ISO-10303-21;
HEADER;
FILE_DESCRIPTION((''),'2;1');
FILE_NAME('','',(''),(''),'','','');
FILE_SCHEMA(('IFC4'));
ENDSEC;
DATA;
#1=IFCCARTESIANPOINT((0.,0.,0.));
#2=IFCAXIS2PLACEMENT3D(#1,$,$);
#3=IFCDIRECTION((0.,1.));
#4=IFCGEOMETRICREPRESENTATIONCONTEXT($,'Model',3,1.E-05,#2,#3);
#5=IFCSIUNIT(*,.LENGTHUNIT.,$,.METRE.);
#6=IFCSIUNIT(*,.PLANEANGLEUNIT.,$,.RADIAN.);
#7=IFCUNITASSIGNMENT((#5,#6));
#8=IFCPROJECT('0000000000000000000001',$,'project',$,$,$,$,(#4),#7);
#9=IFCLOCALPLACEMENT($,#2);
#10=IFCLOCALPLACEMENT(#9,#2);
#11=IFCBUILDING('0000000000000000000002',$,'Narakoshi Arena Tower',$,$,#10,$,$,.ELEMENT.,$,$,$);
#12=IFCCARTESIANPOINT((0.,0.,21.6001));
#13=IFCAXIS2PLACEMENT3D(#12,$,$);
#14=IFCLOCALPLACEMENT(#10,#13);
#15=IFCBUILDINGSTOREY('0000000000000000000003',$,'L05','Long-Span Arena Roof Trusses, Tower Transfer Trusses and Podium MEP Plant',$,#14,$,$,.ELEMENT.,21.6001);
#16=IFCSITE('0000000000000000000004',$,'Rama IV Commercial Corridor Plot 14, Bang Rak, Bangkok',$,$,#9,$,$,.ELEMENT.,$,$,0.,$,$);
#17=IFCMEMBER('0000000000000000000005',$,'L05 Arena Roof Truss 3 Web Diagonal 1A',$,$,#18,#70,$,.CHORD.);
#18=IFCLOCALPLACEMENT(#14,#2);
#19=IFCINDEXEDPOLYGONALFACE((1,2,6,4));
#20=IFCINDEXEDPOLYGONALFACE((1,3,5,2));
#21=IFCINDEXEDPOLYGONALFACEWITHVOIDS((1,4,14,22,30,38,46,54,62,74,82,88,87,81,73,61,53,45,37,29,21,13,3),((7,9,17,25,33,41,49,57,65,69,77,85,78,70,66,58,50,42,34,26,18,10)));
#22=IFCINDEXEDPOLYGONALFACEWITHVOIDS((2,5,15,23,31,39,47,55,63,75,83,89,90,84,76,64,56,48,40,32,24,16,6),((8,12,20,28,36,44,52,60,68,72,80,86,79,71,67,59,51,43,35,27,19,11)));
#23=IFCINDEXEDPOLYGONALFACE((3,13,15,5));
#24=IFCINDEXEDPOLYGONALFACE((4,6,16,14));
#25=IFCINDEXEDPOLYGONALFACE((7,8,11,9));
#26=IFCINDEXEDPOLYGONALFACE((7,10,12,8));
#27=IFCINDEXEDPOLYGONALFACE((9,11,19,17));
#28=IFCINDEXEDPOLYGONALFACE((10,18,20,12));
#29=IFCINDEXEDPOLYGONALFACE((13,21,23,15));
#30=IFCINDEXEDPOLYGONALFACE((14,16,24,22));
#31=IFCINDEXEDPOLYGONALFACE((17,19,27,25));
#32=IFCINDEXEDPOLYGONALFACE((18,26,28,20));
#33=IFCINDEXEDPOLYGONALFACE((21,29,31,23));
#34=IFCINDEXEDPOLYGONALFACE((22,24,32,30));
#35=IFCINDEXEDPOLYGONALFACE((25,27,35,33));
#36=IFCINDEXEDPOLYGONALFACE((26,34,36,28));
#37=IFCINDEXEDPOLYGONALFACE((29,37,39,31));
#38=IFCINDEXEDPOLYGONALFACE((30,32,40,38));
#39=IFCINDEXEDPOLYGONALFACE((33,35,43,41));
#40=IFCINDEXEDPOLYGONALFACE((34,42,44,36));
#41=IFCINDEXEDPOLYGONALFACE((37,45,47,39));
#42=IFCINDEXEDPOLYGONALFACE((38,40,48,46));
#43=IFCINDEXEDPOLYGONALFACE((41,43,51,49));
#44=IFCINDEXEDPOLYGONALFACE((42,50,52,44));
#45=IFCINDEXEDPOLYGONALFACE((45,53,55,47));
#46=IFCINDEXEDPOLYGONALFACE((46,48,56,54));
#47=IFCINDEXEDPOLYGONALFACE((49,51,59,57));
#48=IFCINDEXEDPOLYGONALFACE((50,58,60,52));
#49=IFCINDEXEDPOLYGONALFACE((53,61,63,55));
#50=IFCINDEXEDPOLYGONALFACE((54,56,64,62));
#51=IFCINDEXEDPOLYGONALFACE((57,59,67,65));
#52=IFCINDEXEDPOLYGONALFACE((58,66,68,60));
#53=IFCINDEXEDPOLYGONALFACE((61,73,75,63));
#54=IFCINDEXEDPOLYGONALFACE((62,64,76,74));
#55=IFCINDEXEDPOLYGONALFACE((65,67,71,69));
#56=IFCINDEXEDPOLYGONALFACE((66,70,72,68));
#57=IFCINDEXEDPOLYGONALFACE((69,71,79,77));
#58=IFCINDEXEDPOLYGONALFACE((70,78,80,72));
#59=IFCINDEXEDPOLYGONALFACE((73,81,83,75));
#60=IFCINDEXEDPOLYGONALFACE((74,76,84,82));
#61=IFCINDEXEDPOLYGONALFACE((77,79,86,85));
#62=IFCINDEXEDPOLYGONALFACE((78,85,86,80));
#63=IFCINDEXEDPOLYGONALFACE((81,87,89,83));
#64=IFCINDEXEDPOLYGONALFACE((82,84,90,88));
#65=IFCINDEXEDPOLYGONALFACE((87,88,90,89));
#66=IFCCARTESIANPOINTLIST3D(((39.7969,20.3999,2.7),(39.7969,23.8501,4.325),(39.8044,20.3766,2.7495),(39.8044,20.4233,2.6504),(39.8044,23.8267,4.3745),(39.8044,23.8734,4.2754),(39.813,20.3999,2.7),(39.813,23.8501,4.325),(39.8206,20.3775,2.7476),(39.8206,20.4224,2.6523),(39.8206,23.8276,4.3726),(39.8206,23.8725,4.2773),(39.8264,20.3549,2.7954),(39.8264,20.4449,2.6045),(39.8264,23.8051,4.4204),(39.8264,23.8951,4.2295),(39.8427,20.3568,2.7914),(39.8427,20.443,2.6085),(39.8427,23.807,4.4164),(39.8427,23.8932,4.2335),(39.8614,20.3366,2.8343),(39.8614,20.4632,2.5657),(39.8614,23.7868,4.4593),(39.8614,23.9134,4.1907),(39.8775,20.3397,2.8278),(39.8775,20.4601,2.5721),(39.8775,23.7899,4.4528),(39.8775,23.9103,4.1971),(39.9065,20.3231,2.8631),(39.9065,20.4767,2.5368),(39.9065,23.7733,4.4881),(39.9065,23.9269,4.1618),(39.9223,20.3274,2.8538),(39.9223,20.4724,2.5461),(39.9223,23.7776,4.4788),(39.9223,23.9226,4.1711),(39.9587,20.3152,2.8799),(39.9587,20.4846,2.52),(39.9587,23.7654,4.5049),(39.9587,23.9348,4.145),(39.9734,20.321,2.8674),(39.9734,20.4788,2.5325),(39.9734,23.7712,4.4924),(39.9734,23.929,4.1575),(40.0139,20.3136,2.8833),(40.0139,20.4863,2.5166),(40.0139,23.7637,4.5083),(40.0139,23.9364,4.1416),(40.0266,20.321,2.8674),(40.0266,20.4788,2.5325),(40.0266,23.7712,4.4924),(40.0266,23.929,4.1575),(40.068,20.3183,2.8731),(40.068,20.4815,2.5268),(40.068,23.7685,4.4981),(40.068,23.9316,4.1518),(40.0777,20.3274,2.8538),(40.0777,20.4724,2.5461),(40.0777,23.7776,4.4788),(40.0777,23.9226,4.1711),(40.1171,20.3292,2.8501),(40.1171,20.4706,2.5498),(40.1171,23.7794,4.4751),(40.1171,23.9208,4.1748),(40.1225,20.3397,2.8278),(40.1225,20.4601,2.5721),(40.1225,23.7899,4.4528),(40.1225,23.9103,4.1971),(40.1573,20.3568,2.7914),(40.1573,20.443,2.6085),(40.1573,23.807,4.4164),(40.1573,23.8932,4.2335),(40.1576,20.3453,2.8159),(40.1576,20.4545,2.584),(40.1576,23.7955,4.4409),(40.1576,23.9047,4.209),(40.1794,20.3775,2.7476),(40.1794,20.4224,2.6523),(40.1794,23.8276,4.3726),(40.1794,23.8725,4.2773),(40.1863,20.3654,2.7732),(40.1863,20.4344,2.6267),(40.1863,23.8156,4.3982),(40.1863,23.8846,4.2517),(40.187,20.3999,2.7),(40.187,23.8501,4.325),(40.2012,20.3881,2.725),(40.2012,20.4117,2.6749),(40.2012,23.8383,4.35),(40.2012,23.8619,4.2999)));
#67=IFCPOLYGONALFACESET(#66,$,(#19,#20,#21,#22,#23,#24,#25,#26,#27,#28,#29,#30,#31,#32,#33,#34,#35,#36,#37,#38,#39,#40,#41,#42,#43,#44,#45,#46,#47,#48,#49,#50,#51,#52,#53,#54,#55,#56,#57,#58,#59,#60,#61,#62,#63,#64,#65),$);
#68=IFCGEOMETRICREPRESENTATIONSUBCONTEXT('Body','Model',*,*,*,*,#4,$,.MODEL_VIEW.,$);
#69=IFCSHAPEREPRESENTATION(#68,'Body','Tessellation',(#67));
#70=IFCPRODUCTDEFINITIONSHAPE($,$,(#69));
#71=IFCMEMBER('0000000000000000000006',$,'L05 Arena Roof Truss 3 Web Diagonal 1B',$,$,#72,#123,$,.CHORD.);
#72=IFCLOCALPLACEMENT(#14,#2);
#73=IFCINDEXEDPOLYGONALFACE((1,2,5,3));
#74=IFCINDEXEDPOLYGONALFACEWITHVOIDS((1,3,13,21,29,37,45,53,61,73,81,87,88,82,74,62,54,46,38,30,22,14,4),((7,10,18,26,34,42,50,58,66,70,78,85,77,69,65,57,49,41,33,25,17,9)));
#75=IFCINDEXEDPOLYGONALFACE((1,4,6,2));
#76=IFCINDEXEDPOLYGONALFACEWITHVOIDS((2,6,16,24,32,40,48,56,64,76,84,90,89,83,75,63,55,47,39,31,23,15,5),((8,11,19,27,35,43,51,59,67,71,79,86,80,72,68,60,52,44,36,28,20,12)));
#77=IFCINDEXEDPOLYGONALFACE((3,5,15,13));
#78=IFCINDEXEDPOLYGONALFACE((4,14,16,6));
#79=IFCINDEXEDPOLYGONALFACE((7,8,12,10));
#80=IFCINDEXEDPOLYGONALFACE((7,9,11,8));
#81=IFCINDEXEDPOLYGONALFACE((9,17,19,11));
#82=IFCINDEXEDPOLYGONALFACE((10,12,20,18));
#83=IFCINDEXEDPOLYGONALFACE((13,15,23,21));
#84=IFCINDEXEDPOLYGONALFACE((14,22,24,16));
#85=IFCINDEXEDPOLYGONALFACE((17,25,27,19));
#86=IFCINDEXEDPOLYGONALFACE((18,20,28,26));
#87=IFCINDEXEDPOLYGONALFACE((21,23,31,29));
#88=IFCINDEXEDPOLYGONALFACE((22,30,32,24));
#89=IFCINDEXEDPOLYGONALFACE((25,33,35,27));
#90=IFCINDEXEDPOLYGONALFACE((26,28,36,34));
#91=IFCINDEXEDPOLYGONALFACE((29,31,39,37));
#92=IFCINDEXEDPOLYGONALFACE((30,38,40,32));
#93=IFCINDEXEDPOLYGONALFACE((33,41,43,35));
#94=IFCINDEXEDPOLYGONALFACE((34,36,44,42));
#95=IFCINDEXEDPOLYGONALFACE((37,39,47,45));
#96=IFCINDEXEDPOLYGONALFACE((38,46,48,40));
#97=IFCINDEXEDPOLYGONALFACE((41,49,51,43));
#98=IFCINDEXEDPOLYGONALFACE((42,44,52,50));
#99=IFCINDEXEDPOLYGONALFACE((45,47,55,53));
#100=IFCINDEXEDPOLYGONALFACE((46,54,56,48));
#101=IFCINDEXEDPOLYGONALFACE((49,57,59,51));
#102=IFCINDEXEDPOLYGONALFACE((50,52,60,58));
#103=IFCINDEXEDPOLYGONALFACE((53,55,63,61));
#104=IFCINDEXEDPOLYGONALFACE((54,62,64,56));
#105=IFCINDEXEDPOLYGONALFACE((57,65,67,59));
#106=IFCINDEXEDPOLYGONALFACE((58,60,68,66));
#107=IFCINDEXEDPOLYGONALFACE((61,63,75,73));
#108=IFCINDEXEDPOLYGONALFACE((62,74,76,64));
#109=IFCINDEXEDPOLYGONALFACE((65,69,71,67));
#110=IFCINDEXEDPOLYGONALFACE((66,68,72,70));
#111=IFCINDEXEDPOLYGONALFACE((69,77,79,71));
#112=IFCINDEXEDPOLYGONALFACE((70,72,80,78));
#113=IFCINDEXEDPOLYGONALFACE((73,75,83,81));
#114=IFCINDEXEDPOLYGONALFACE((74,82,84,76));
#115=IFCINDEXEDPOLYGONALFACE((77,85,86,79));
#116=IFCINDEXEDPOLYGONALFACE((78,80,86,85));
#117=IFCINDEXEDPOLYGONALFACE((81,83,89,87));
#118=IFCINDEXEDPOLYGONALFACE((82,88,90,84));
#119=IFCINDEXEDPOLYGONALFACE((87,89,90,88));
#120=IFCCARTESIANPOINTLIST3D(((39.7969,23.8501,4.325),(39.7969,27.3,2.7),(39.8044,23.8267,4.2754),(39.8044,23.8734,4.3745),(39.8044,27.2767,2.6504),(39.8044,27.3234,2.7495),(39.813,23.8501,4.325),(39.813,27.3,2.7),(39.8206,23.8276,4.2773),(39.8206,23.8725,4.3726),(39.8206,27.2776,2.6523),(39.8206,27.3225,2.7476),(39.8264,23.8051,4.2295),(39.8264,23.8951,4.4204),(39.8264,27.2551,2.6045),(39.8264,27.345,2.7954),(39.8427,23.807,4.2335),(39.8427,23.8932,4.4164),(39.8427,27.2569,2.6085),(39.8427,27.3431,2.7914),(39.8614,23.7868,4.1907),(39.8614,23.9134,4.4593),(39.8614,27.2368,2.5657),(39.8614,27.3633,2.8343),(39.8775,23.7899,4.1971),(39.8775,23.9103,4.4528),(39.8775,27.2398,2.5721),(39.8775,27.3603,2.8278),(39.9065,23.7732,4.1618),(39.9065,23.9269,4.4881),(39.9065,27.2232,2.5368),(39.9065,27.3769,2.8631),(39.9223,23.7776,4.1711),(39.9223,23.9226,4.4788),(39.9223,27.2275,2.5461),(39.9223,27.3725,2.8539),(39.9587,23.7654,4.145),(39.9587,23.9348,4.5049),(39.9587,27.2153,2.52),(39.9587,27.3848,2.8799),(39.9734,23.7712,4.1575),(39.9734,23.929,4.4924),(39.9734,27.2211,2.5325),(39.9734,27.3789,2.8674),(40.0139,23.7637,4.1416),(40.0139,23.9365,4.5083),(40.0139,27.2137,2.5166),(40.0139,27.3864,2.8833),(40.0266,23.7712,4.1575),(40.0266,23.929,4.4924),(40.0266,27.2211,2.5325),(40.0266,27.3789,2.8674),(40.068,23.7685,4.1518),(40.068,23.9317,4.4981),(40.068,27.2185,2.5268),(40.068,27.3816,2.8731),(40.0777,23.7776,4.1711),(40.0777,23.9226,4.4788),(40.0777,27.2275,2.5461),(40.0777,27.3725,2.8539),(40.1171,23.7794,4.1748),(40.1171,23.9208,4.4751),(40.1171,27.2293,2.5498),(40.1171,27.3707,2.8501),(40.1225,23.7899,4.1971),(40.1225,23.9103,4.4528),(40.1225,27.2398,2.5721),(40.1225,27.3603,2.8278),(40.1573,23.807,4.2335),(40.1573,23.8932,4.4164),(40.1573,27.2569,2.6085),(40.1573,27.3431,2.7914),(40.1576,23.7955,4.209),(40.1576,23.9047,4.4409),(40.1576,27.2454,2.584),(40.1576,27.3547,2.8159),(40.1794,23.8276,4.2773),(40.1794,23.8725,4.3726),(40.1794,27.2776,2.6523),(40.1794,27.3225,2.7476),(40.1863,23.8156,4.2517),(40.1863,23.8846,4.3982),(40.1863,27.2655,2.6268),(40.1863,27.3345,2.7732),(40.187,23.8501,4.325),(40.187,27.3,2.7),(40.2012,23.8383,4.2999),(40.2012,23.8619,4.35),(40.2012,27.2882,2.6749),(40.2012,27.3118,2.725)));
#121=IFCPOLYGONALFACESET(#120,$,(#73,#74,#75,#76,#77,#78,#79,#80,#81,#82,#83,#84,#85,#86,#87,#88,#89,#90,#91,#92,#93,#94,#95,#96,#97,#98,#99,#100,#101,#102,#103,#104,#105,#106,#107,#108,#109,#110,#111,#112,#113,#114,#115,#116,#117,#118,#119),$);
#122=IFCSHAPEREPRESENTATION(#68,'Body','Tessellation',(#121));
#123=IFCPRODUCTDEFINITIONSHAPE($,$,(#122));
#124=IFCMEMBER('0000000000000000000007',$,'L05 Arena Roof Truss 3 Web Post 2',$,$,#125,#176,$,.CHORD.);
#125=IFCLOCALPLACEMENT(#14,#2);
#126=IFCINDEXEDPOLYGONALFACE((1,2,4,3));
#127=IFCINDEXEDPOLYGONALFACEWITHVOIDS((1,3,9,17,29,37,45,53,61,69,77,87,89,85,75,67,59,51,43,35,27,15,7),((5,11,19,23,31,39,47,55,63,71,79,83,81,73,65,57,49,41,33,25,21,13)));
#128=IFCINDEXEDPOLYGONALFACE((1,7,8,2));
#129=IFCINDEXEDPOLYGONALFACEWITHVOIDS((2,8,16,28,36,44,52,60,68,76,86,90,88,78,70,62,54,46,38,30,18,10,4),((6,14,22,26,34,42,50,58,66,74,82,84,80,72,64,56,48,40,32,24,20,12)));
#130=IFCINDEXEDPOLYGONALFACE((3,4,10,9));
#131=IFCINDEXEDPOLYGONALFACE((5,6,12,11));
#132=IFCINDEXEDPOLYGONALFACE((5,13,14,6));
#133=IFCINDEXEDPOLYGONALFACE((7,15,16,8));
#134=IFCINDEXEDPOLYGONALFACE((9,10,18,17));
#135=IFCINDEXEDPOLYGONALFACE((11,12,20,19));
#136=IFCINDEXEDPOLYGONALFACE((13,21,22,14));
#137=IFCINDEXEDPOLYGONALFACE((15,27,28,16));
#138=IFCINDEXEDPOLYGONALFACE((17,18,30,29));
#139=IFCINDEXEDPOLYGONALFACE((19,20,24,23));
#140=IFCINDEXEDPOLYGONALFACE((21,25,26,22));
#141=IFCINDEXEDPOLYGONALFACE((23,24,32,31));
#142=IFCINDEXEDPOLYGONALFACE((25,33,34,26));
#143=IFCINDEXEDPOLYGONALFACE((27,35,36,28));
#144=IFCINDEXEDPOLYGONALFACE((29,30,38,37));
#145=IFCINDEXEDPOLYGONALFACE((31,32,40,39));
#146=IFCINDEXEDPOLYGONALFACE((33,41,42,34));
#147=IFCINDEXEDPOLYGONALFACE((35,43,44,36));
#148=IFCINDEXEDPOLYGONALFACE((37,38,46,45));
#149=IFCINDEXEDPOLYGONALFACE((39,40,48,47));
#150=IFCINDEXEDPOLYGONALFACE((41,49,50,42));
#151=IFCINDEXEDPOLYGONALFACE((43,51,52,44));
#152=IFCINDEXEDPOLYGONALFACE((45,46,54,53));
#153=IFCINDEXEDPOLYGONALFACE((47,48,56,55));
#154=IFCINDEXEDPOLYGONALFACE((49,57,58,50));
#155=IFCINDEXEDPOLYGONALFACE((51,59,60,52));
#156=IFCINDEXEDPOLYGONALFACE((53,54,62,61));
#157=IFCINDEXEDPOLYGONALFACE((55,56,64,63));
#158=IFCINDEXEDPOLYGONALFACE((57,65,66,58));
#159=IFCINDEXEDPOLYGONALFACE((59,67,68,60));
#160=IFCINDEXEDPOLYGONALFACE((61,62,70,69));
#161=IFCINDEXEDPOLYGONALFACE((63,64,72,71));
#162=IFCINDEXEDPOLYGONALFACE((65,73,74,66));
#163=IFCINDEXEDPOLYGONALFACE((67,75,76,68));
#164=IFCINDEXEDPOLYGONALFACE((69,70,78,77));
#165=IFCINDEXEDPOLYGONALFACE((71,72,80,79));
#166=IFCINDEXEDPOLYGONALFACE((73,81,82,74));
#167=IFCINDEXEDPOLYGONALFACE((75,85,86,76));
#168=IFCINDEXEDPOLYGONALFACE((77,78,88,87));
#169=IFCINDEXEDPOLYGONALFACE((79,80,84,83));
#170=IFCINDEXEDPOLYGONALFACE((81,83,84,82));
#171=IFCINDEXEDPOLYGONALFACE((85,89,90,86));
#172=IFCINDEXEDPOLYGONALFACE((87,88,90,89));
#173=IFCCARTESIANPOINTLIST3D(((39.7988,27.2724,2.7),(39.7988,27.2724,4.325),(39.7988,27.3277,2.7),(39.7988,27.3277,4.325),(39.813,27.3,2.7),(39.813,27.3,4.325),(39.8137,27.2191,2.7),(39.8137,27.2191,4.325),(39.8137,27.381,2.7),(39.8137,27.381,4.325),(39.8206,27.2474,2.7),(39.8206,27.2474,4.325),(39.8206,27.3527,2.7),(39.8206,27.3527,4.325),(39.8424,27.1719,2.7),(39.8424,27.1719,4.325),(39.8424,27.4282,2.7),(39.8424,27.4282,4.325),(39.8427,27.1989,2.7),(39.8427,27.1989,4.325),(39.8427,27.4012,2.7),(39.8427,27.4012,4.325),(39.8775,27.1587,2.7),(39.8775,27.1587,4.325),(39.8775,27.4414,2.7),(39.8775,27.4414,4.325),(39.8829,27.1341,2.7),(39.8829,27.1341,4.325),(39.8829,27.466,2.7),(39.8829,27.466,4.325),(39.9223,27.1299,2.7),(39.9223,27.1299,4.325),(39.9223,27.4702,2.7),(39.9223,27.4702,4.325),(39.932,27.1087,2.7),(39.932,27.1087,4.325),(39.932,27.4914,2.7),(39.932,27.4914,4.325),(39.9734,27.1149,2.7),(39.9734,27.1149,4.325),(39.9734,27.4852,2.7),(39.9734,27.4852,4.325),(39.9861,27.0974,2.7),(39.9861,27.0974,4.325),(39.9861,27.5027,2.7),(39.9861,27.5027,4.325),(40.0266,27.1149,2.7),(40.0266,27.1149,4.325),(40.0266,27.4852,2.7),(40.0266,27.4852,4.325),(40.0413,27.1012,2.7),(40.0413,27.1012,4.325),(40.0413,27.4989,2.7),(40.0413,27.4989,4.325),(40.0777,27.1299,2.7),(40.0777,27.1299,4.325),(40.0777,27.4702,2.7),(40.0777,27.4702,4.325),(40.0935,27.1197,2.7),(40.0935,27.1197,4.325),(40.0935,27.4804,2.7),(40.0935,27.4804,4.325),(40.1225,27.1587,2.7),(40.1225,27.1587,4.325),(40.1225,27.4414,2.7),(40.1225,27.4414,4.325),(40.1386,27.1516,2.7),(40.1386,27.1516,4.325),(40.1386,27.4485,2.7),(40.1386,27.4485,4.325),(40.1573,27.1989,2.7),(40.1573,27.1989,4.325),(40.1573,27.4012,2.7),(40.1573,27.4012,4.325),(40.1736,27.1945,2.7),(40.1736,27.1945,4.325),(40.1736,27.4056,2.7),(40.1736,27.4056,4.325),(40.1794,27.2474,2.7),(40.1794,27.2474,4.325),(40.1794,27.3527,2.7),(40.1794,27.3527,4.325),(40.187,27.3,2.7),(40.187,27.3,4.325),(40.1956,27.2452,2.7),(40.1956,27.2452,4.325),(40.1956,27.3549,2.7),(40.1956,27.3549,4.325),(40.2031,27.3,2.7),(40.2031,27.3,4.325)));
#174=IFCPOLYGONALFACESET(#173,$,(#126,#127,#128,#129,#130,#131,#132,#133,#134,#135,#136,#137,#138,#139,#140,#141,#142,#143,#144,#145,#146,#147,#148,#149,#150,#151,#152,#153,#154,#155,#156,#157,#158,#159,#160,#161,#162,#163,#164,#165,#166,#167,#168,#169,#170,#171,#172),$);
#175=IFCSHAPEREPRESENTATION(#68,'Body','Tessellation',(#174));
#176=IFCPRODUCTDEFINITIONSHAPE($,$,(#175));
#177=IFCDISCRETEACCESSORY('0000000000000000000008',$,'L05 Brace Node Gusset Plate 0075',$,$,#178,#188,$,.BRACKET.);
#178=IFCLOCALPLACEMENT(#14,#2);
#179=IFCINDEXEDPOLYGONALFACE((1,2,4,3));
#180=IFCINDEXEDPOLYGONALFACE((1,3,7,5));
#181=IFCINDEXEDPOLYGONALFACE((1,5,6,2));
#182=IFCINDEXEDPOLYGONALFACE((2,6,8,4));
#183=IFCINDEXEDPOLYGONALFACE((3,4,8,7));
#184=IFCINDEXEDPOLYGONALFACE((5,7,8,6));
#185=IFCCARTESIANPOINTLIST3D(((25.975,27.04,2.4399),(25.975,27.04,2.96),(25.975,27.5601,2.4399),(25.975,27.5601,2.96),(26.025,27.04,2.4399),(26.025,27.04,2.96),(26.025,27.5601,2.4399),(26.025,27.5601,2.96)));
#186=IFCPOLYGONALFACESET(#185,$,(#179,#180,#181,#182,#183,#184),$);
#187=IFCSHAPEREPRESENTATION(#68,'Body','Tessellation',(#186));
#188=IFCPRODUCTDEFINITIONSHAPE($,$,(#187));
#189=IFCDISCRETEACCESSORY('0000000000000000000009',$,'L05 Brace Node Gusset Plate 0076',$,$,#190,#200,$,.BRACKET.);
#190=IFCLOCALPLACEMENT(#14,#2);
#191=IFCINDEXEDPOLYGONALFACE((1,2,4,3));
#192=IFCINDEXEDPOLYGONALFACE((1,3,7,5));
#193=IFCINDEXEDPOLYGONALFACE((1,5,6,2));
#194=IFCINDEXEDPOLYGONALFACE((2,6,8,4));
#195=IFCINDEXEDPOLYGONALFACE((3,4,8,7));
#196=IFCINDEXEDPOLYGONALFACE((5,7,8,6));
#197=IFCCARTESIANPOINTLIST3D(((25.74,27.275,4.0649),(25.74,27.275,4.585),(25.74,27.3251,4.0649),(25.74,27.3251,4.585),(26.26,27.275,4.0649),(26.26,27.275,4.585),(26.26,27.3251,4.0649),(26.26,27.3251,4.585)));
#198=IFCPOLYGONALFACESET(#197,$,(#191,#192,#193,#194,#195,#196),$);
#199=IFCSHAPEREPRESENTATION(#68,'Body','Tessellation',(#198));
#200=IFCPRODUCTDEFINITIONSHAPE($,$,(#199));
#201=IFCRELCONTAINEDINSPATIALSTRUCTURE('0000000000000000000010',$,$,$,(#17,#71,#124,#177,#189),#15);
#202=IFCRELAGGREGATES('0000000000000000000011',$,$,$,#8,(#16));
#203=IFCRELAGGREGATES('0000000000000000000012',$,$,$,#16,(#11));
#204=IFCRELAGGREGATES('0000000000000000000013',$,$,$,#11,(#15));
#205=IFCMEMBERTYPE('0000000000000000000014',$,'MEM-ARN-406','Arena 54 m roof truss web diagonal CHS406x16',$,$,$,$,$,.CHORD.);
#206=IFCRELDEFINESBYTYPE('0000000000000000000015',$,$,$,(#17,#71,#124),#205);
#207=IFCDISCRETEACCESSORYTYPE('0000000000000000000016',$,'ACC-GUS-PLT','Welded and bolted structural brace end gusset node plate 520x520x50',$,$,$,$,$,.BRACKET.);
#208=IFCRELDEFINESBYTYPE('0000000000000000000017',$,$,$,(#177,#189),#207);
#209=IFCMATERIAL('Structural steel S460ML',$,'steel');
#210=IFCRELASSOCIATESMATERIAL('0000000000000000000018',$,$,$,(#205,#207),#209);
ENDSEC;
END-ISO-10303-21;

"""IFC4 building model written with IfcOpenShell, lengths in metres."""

from ifc_helpers import new_model, si_unit, direction, frame, origin, origin_2d, place, context, subcontext, project, spatial, rectangle, hollow_circle, extrude, material, material_profile, profile_set, type_object, element, save


model = new_model("IFC4")

# Units and contexts
model_context = context("Model", 3, precision=1e-05, world=origin(), true_north=direction((0.0, 1.0)))
body_context = subcontext(model_context, "Body", "Model", "MODEL_VIEW")
ifc_project = project(units=[si_unit("LENGTHUNIT", "METRE"), si_unit("PLANEANGLEUNIT", "RADIAN")], contexts=[model_context])

# Site, building, storey
site_placement = place(None, origin())
site = spatial("IfcSite", under=ifc_project, at=site_placement, Name="Rama IV Commercial Corridor Plot 14, Bang Rak, Bangkok", CompositionType="ELEMENT", RefElevation=0.0)
building_placement = place(site_placement, origin())
building = spatial("IfcBuilding", under=site, at=building_placement, Name="Narakoshi Arena Tower", CompositionType="ELEMENT")
storey_placement = place(building_placement, frame((0.0, 0.0, 21.6001)))
storey = spatial("IfcBuildingStorey", under=building, at=storey_placement, Name="L05", Description="Long-Span Arena Roof Trusses, Tower Transfer Trusses and Podium MEP Plant", CompositionType="ELEMENT", Elevation=21.6001)

# Shared definitions
ifc_material_1 = material(Name="Structural steel S460ML", Category="steel")

# Members
ifc_material_profile_1 = material_profile(ifc_material_1, hollow_circle(Radius=0.2031, WallThickness=0.0161, at=origin_2d()), Name="CHS406x16")
ifc_profile_set_1 = profile_set([ifc_material_profile_1], Name="Structural steel S460ML")
member_type = type_object("IfcMemberType", Name="MEM-ARN-406", Description="Arena 54 m roof truss web diagonal CHS406x16", PredefinedType="CHORD", material=ifc_profile_set_1)
member_1_placement = place(storey_placement, frame((40.0, 20.3999, 2.7), z_axis=(0.0, 0.904679, 0.426093), x_axis=(-1.0, 0.0, 0.0)))
element("IfcMember", 1, at=member_1_placement, inside=storey, type_object=member_type, Name="L05 Arena Roof Truss 3 Web Diagonal 1A", PredefinedType="CHORD", context=body_context, shape_type="SweptSolid", body=[
    extrude(hollow_circle(Radius=0.2031, WallThickness=0.0161, at=origin_2d()), origin(), (0.0, 0.0, 1.0), 3.8137),
])
member_2_placement = place(storey_placement, frame((40.0, 23.8501, 4.325), z_axis=(0.0, 0.904668, -0.426118), x_axis=(-1.0, 0.0, 0.0)))
element("IfcMember", 2, at=member_2_placement, inside=storey, type_object=member_type, Name="L05 Arena Roof Truss 3 Web Diagonal 1B", PredefinedType="CHORD", context=body_context, shape_type="SweptSolid", body=[
    extrude(hollow_circle(Radius=0.2031, WallThickness=0.0161, at=origin_2d()), origin(), (0.0, 0.0, 1.0), 3.8135),
])
member_3_placement = place(storey_placement, frame((40.0, 27.3, 2.7), z_axis=(0.0, 0.0, 1.0), x_axis=(1.0, 0.0, 0.0)))
element("IfcMember", 3, at=member_3_placement, inside=storey, type_object=member_type, Name="L05 Arena Roof Truss 3 Web Post 2", PredefinedType="CHORD", context=body_context, shape_type="SweptSolid", body=[
    extrude(hollow_circle(Radius=0.2031, WallThickness=0.0161, at=origin_2d()), origin(), (0.0, 0.0, 1.0), 1.625),
])

# Discrete accessories
discrete_accessory_type = type_object("IfcDiscreteAccessoryType", Name="ACC-GUS-PLT", Description="Welded and bolted structural brace end gusset node plate 520x520x50", PredefinedType="BRACKET", material=ifc_material_1)
for number, where, z_axis, x_axis, name in (
    (4, (26.0, 27.3, 2.4399), (0.0, 0.0, 1.0), (0.0, 1.0, 0.0), "L05 Brace Node Gusset Plate 0075"),
    (5, (26.0, 27.3, 4.0649), (0.0, 0.0, 1.0), (1.0, 0.0, 0.0), "L05 Brace Node Gusset Plate 0076"),
):
    element("IfcDiscreteAccessory", number, at=place(storey_placement, frame(where, z_axis=z_axis, x_axis=x_axis)), inside=storey, type_object=discrete_accessory_type, Name=name, PredefinedType="BRACKET", context=body_context, shape_type="SweptSolid", body=[
        extrude(rectangle(XDim=0.52, YDim=0.05, at=origin_2d()), origin(), (0.0, 0.0, 1.0), 0.52),
    ])

save(model, "model.ifc")
